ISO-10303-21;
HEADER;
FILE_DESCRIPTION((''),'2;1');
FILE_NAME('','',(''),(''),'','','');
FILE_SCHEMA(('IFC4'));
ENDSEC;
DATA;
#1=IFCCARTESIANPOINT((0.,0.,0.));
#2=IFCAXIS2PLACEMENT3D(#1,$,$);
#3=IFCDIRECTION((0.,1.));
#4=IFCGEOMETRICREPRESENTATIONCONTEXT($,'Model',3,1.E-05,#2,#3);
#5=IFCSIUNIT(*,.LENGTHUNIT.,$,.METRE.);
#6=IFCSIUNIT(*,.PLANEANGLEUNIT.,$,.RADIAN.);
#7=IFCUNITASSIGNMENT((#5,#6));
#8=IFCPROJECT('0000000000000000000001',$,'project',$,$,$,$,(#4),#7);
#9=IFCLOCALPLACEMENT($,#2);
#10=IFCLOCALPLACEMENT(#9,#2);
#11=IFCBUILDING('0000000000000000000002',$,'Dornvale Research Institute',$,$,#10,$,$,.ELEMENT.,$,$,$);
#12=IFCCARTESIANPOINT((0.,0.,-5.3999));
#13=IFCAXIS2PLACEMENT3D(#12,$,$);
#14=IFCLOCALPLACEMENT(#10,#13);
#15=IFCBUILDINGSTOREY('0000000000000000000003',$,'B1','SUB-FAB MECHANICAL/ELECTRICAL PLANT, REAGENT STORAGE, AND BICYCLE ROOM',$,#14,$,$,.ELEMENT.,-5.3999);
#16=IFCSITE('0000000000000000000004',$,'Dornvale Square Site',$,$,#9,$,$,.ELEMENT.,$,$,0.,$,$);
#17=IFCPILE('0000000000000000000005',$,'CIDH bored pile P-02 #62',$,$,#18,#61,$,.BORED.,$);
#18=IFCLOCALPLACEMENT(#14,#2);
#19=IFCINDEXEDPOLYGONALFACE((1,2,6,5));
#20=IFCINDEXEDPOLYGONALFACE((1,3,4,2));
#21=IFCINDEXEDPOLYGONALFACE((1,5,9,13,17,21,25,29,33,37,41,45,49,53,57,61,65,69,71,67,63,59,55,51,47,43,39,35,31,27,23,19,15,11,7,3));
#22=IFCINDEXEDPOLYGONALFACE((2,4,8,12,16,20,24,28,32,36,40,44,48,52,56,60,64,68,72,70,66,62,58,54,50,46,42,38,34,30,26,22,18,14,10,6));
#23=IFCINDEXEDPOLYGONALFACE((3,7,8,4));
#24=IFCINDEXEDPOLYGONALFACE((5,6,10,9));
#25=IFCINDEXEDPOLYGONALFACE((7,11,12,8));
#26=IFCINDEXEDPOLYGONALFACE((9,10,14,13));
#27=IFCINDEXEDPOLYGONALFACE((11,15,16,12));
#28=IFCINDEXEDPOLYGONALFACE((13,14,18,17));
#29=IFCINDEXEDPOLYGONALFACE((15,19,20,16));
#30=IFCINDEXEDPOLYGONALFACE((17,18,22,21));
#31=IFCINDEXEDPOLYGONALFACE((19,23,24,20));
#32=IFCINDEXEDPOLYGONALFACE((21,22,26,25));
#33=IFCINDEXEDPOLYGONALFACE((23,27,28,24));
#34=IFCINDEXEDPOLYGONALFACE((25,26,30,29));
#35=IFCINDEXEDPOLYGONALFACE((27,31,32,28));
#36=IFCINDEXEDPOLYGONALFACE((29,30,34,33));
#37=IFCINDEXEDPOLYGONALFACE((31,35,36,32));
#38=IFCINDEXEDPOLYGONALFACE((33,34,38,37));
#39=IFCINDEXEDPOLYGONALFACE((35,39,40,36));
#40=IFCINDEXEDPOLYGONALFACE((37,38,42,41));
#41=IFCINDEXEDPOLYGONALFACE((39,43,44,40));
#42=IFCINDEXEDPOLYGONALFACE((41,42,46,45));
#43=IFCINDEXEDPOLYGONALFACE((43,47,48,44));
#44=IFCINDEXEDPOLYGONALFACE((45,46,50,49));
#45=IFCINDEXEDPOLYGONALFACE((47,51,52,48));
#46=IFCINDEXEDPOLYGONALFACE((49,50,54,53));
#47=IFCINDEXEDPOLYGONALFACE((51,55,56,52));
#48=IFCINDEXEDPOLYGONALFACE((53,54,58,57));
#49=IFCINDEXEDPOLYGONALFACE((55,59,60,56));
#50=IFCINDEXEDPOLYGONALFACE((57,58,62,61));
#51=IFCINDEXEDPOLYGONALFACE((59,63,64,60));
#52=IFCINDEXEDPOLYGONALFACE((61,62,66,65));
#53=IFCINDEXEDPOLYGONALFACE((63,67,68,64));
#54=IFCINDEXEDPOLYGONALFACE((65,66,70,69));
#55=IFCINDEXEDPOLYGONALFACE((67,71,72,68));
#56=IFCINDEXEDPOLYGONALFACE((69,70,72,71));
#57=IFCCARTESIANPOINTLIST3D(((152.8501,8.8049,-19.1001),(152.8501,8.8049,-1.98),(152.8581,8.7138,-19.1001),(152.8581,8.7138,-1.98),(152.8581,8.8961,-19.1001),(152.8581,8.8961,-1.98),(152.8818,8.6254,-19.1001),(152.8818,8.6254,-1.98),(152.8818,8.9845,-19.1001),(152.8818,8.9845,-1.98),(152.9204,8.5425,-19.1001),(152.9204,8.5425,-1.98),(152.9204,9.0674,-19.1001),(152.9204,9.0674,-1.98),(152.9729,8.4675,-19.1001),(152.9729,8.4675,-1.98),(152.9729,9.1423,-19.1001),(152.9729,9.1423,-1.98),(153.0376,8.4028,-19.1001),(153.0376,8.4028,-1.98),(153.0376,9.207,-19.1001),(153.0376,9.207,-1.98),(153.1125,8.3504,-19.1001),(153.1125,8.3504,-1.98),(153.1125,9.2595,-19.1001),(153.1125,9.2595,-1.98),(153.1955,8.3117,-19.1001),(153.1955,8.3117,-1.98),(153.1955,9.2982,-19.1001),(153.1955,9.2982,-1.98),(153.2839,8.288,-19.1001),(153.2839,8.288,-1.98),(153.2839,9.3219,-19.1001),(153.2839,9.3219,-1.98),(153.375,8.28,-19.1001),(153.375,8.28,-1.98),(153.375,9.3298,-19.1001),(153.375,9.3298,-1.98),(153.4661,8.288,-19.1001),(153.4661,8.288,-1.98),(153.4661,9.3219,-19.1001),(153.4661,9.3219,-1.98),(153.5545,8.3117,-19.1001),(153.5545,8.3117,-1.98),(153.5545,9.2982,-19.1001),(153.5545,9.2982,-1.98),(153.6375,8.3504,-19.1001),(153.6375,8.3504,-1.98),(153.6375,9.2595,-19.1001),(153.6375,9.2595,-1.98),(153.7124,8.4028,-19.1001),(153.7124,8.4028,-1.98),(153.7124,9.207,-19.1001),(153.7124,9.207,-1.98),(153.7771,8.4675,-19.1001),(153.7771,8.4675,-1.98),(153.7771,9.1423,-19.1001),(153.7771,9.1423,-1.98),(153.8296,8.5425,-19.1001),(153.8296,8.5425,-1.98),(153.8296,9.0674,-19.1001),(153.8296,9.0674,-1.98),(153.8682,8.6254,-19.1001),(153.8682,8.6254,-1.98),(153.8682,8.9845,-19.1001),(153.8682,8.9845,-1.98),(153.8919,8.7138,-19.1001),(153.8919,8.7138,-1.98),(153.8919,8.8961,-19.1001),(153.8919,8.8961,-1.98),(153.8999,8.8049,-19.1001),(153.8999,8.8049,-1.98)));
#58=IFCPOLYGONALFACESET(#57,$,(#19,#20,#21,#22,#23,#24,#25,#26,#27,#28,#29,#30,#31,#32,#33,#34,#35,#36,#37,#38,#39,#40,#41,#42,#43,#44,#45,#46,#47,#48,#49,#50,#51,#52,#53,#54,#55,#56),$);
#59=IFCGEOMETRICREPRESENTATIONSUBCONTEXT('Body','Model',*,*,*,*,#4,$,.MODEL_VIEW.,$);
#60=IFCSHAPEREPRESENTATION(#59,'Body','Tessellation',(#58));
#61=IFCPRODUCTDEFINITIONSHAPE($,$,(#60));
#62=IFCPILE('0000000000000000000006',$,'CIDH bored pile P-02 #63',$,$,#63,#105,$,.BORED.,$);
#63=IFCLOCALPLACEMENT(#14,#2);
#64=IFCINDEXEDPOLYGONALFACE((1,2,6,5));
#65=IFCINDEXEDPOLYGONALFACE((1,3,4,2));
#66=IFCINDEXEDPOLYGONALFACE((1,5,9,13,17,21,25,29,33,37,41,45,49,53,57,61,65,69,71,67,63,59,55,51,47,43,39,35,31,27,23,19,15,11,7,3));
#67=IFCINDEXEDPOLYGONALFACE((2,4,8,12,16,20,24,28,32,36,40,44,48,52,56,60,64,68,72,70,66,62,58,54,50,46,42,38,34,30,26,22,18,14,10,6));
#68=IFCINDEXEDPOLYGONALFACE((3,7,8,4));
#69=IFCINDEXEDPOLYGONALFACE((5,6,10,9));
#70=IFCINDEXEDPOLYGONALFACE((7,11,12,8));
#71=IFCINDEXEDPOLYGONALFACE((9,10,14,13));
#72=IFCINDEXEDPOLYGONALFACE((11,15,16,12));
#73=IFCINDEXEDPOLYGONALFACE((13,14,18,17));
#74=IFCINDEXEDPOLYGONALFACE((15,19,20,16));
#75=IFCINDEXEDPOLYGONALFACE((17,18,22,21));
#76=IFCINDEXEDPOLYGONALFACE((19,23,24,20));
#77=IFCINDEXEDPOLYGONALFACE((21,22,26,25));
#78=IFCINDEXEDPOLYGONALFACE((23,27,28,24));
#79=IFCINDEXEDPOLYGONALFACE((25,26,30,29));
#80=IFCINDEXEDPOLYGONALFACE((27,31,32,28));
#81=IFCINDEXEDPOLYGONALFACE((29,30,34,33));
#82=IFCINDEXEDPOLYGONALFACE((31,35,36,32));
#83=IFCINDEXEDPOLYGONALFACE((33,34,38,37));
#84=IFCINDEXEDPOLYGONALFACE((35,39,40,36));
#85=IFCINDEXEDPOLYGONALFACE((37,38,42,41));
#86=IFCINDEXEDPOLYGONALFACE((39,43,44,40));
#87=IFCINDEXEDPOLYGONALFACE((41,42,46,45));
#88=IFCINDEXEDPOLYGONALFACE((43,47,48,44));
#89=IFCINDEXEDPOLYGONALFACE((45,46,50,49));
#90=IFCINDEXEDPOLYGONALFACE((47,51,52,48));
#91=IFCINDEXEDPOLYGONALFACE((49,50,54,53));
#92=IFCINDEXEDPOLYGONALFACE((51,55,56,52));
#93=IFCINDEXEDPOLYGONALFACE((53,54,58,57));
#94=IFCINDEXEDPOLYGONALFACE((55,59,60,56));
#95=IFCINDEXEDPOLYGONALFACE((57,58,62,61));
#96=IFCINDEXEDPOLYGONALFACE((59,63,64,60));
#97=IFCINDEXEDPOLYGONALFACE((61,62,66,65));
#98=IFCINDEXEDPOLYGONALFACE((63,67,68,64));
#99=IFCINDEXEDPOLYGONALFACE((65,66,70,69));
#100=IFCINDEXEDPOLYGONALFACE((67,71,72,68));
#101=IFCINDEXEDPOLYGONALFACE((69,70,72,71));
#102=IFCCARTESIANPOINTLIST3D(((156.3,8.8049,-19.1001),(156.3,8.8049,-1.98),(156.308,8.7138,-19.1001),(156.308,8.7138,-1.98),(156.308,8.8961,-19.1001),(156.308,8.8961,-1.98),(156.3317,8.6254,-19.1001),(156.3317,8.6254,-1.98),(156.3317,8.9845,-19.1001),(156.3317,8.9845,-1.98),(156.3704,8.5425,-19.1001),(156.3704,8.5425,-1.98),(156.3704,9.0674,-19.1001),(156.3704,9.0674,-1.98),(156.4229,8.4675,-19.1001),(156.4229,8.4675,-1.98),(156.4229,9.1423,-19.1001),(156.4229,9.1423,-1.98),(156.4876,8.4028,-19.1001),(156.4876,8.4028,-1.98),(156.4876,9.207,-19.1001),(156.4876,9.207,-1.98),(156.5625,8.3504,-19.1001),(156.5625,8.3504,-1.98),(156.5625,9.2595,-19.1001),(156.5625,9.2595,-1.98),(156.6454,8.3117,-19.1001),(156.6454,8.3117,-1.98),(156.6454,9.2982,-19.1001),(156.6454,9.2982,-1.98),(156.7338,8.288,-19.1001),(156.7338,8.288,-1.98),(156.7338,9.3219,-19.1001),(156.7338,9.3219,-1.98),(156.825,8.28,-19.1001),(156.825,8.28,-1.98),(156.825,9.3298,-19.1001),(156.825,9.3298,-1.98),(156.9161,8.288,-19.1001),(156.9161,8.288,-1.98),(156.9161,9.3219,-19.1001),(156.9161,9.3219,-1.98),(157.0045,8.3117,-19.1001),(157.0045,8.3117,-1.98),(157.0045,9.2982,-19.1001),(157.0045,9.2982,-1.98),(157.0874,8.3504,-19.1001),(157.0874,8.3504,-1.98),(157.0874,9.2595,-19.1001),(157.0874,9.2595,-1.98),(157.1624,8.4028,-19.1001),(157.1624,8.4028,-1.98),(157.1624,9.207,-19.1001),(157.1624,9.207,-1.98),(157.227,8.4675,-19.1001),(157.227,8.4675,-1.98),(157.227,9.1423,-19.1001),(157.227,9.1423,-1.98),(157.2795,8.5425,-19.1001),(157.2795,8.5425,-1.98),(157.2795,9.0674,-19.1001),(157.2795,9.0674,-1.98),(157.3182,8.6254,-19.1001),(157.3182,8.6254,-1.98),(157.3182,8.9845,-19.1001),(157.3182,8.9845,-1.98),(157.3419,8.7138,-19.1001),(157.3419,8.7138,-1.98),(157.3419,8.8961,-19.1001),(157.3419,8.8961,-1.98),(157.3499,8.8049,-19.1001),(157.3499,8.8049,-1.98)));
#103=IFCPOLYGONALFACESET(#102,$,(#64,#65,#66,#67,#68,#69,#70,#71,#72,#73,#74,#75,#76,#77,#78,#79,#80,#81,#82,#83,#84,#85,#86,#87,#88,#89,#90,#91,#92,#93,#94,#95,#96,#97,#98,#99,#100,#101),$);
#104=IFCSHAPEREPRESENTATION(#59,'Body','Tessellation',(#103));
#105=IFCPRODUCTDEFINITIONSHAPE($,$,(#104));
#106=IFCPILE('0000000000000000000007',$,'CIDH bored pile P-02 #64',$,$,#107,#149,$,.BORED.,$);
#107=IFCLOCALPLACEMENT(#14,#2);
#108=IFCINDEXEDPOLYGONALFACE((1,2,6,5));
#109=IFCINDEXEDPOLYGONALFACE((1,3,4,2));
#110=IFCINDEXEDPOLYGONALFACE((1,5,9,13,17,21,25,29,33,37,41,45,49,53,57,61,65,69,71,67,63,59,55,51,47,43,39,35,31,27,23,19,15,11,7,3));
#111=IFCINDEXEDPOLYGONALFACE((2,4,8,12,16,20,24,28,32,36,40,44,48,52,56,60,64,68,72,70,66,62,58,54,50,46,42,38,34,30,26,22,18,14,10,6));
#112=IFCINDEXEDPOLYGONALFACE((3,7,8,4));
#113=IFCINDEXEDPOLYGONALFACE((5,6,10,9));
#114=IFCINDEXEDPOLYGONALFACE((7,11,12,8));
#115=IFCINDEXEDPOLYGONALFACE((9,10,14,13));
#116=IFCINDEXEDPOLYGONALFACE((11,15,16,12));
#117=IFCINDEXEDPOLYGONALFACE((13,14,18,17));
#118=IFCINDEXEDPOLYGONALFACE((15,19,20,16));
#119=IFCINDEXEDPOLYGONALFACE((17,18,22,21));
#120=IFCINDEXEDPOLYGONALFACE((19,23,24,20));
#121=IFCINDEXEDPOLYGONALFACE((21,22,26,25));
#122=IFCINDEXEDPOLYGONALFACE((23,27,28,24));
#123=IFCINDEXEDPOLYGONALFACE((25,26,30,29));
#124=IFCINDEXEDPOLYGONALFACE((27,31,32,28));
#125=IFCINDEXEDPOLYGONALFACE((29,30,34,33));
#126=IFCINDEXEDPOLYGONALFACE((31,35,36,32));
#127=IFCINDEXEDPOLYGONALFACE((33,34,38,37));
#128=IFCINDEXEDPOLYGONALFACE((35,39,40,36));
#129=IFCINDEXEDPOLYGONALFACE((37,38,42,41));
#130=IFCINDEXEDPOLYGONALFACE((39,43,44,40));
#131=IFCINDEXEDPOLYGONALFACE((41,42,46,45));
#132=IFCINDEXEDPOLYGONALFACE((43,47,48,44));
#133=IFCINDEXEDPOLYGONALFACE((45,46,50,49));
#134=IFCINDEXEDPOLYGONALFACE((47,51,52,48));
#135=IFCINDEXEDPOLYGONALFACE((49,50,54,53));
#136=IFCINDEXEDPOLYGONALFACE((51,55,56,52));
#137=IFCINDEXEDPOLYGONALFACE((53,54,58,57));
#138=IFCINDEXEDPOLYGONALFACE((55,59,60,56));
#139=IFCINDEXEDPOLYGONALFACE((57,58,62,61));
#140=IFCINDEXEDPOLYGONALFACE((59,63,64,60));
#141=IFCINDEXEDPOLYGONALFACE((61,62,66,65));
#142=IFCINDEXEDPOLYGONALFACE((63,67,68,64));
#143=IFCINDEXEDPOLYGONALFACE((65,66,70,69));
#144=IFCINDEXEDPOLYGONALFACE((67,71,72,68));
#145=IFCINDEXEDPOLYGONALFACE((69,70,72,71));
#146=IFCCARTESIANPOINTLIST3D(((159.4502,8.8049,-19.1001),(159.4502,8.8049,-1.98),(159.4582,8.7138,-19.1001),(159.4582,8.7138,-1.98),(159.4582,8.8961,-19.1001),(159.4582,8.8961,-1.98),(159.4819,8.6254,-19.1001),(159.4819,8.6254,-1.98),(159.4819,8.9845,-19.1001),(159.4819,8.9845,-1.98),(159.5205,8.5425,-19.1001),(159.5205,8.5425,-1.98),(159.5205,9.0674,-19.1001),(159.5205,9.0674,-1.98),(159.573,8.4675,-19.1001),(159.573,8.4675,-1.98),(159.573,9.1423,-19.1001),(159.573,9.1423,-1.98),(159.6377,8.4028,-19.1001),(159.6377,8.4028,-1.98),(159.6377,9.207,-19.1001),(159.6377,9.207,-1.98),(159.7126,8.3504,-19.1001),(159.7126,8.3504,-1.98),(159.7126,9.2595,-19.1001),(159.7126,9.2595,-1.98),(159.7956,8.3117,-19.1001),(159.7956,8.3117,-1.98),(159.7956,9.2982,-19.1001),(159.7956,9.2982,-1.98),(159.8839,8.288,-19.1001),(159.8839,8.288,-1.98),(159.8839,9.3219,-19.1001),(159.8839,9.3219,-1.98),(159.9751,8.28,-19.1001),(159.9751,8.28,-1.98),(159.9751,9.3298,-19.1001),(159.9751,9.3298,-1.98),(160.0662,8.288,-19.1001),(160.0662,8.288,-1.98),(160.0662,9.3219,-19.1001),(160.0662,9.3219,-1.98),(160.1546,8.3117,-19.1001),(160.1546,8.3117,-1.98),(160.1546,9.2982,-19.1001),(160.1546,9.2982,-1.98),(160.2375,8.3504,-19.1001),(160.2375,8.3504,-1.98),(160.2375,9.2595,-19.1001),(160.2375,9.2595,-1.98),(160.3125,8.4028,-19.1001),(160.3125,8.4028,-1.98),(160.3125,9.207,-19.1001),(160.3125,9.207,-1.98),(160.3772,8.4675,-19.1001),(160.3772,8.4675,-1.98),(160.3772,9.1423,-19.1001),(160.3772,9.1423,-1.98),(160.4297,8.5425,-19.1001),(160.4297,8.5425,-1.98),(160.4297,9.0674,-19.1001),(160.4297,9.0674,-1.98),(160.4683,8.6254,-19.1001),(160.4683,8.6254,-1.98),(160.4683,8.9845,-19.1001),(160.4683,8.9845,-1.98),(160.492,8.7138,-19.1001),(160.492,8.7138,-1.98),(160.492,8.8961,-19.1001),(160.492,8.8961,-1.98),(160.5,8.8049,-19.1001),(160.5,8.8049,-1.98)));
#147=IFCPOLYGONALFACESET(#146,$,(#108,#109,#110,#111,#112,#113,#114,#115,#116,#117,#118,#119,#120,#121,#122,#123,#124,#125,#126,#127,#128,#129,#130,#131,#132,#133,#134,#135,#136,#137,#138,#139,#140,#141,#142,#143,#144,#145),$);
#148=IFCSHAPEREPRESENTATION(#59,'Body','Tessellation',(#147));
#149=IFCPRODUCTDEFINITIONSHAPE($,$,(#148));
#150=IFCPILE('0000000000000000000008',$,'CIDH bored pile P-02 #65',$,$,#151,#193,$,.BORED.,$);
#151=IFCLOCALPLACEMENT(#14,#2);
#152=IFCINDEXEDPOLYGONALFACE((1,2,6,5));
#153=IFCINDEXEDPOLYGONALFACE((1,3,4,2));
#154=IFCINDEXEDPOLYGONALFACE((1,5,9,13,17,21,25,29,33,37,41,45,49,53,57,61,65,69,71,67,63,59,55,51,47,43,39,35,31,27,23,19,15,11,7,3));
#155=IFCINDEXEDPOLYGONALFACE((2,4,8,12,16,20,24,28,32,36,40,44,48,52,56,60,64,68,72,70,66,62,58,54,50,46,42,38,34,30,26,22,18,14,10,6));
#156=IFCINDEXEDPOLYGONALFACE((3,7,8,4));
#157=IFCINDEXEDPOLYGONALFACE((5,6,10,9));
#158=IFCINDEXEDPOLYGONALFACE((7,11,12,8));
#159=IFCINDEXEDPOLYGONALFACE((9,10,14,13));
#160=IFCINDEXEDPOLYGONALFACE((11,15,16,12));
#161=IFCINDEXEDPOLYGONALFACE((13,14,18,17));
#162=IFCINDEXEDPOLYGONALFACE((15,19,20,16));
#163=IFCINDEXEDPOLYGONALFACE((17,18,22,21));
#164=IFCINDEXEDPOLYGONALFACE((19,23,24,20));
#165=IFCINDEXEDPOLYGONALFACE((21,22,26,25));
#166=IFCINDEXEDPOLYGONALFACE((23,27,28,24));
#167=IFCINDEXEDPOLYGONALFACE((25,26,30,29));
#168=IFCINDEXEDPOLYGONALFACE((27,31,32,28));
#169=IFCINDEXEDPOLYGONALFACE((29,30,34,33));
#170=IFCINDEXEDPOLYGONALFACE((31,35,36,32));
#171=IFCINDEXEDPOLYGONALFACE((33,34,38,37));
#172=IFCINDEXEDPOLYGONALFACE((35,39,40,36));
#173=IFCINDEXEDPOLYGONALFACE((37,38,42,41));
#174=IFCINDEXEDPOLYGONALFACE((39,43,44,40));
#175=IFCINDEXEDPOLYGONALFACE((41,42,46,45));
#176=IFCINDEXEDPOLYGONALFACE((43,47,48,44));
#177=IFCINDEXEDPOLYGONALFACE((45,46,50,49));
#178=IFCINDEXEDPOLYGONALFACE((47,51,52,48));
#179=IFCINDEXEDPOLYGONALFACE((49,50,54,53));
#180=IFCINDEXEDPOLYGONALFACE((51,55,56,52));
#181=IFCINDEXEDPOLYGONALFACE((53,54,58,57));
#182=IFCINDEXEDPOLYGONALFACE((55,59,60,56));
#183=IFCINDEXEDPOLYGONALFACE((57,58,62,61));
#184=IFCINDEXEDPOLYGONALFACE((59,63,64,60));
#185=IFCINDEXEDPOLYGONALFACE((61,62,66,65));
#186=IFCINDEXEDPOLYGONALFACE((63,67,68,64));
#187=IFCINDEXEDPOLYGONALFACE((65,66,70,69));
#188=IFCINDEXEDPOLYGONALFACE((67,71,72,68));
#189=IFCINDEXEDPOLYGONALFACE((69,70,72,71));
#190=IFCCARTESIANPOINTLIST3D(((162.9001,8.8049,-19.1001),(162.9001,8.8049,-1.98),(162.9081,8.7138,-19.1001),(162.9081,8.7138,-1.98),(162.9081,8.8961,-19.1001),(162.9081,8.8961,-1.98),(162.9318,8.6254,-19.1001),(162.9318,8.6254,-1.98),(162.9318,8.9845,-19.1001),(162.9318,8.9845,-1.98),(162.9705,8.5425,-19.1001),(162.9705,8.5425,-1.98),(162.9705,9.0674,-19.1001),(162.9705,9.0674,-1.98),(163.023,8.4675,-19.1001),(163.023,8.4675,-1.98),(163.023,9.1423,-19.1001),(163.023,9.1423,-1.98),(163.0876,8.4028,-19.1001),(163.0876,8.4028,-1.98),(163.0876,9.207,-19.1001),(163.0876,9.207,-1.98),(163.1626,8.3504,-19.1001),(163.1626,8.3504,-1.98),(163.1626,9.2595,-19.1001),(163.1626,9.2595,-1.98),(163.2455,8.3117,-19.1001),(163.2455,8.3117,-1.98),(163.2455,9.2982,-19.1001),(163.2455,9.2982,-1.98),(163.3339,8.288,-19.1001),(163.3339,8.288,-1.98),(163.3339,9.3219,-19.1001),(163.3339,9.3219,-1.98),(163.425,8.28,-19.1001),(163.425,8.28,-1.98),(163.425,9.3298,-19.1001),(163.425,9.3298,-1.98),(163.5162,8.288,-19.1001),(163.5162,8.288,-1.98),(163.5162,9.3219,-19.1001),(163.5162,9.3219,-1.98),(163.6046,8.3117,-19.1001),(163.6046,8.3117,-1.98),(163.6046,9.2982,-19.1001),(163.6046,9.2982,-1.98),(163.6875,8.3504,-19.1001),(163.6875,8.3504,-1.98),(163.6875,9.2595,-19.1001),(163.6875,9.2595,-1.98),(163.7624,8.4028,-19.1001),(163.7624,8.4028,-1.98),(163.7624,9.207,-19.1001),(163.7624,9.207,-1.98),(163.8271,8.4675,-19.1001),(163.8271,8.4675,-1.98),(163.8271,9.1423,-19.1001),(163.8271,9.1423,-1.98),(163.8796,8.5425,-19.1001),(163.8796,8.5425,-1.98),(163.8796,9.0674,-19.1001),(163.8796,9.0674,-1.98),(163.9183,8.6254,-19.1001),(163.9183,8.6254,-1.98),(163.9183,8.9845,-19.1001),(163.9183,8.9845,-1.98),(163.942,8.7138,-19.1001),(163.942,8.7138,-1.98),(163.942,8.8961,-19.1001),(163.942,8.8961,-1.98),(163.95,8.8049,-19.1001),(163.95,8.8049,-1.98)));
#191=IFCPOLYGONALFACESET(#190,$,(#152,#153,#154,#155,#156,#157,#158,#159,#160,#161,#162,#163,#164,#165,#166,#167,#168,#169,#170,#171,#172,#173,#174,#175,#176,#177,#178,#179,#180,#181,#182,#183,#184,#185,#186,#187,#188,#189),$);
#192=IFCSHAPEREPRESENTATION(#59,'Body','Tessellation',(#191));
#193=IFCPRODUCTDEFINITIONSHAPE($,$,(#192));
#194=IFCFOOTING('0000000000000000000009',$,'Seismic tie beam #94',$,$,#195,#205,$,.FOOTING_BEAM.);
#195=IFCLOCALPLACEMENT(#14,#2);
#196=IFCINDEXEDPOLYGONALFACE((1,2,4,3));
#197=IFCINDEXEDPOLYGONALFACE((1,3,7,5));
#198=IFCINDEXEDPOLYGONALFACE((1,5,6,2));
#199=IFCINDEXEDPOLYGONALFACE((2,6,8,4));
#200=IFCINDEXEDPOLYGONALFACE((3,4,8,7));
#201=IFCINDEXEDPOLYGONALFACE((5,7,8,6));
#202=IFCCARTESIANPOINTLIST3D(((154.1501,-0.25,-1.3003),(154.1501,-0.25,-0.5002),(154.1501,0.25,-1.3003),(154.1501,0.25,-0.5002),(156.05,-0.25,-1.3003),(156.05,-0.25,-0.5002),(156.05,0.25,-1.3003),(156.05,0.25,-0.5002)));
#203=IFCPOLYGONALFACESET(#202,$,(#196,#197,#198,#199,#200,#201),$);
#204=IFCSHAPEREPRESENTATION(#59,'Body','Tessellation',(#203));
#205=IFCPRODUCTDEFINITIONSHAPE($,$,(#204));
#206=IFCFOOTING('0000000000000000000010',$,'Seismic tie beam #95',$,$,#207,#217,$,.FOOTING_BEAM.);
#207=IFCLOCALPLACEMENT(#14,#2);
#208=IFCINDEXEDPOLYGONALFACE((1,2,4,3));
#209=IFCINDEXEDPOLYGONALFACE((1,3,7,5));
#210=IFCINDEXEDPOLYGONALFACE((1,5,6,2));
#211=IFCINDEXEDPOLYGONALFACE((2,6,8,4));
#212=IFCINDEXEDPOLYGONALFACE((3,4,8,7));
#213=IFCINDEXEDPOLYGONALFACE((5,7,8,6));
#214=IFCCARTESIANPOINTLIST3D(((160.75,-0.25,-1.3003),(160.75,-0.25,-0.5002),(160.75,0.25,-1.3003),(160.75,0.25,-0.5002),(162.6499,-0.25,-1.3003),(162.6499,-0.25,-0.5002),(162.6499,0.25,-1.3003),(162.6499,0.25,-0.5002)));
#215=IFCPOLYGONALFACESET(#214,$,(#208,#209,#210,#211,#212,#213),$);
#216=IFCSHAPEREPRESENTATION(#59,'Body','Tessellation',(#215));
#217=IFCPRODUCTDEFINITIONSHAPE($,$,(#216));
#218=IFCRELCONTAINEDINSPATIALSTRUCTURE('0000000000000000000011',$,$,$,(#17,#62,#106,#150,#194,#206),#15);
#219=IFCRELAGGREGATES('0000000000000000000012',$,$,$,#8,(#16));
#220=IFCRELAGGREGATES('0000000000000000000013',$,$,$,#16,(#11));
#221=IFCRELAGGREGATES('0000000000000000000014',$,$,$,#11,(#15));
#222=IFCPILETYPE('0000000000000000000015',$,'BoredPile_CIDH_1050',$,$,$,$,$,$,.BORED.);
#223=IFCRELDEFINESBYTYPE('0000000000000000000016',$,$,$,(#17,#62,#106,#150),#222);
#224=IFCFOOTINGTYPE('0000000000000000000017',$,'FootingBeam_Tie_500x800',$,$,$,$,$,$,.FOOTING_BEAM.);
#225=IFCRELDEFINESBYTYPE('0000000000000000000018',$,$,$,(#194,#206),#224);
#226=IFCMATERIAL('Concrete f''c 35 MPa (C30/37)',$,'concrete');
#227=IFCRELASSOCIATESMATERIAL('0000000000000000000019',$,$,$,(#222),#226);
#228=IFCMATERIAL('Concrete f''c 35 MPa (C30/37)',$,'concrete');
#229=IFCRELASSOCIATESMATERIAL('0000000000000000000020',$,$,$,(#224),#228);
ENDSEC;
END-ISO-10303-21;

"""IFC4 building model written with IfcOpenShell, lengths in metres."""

from ifc_helpers import new_model, si_unit, direction, frame, origin, origin_2d, place, context, subcontext, project, spatial, rectangle, circle, extrude, material, material_profile, profile_set, type_object, element, save


model = new_model("IFC4")

# Units and contexts
model_context = context("Model", 3, precision=1e-05, world=origin(), true_north=direction((0.0, 1.0)))
body_context = subcontext(model_context, "Body", "Model", "MODEL_VIEW")
ifc_project = project(units=[si_unit("LENGTHUNIT", "METRE"), si_unit("PLANEANGLEUNIT", "RADIAN")], contexts=[model_context])

# Site, building, storey
site_placement = place(None, origin())
site = spatial("IfcSite", under=ifc_project, at=site_placement, Name="Dornvale Square Site", CompositionType="ELEMENT", RefElevation=0.0)
building_placement = place(site_placement, origin())
building = spatial("IfcBuilding", under=site, at=building_placement, Name="Dornvale Research Institute", CompositionType="ELEMENT")
storey_placement = place(building_placement, frame((0.0, 0.0, -5.3999)))
storey = spatial("IfcBuildingStorey", under=building, at=storey_placement, Name="B1", Description="SUB-FAB MECHANICAL/ELECTRICAL PLANT, REAGENT STORAGE, AND BICYCLE ROOM", CompositionType="ELEMENT", Elevation=-5.3999)

# Piles
ifc_material_1 = material(Name="Concrete f'c 35 MPa (C30/37)", Category="concrete")
ifc_material_profile_1 = material_profile(ifc_material_1, circle(Radius=0.5249, at=origin_2d()), Name="CIDH PILE D1050")
ifc_profile_set_1 = profile_set([ifc_material_profile_1], Name="Concrete f'c 35 MPa (C30/37)")
pile_type = type_object("IfcPileType", Name="BoredPile_CIDH_1050", PredefinedType="BORED", material=ifc_profile_set_1)
for number, where, z_axis, x_axis, name in (
    (1, (153.375, 8.8049, -1.98), (0.0, 0.0, -1.0), (1.0, 0.0, 0.0), "CIDH bored pile P-02 #62"),
    (2, (156.825, 8.8049, -1.98), (0.0, 0.0, -1.0), (1.0, 0.0, 0.0), "CIDH bored pile P-02 #63"),
    (3, (159.9751, 8.8049, -1.98), (0.0, 0.0, -1.0), (1.0, 0.0, 0.0), "CIDH bored pile P-02 #64"),
    (4, (163.425, 8.8049, -1.98), (0.0, 0.0, -1.0), (1.0, 0.0, 0.0), "CIDH bored pile P-02 #65"),
):
    element("IfcPile", number, at=place(storey_placement, frame(where, z_axis=z_axis, x_axis=x_axis)), inside=storey, type_object=pile_type, Name=name, PredefinedType="BORED", context=body_context, shape_type="SweptSolid", body=[
        extrude(circle(Radius=0.5249, at=origin_2d()), origin(), (0.0, 0.0, 1.0), 17.1201),
    ])

# Footings
ifc_material_2 = material(Name="Concrete f'c 35 MPa (C30/37)", Category="concrete")
footing_type_1 = type_object("IfcFootingType", Name="FootingBeam_Tie_500x800", PredefinedType="FOOTING_BEAM", material=ifc_material_2)
for number, where, z_axis, x_axis, name in (
    (5, (155.1001, 0.0, -1.3003), (0.0, 0.0, 1.0), (1.0, 0.0, 0.0), "Seismic tie beam #94"),
    (6, (161.7, 0.0, -1.3003), (0.0, 0.0, 1.0), (1.0, 0.0, 0.0), "Seismic tie beam #95"),
):
    element("IfcFooting", number, at=place(storey_placement, frame(where, z_axis=z_axis, x_axis=x_axis)), inside=storey, type_object=footing_type_1, Name=name, PredefinedType="FOOTING_BEAM", context=body_context, shape_type="SweptSolid", body=[
        extrude(rectangle(XDim=1.8999, YDim=0.5, at=origin_2d()), origin(), (0.0, 0.0, 1.0), 0.8),
    ])

save(model, "model.ifc")
